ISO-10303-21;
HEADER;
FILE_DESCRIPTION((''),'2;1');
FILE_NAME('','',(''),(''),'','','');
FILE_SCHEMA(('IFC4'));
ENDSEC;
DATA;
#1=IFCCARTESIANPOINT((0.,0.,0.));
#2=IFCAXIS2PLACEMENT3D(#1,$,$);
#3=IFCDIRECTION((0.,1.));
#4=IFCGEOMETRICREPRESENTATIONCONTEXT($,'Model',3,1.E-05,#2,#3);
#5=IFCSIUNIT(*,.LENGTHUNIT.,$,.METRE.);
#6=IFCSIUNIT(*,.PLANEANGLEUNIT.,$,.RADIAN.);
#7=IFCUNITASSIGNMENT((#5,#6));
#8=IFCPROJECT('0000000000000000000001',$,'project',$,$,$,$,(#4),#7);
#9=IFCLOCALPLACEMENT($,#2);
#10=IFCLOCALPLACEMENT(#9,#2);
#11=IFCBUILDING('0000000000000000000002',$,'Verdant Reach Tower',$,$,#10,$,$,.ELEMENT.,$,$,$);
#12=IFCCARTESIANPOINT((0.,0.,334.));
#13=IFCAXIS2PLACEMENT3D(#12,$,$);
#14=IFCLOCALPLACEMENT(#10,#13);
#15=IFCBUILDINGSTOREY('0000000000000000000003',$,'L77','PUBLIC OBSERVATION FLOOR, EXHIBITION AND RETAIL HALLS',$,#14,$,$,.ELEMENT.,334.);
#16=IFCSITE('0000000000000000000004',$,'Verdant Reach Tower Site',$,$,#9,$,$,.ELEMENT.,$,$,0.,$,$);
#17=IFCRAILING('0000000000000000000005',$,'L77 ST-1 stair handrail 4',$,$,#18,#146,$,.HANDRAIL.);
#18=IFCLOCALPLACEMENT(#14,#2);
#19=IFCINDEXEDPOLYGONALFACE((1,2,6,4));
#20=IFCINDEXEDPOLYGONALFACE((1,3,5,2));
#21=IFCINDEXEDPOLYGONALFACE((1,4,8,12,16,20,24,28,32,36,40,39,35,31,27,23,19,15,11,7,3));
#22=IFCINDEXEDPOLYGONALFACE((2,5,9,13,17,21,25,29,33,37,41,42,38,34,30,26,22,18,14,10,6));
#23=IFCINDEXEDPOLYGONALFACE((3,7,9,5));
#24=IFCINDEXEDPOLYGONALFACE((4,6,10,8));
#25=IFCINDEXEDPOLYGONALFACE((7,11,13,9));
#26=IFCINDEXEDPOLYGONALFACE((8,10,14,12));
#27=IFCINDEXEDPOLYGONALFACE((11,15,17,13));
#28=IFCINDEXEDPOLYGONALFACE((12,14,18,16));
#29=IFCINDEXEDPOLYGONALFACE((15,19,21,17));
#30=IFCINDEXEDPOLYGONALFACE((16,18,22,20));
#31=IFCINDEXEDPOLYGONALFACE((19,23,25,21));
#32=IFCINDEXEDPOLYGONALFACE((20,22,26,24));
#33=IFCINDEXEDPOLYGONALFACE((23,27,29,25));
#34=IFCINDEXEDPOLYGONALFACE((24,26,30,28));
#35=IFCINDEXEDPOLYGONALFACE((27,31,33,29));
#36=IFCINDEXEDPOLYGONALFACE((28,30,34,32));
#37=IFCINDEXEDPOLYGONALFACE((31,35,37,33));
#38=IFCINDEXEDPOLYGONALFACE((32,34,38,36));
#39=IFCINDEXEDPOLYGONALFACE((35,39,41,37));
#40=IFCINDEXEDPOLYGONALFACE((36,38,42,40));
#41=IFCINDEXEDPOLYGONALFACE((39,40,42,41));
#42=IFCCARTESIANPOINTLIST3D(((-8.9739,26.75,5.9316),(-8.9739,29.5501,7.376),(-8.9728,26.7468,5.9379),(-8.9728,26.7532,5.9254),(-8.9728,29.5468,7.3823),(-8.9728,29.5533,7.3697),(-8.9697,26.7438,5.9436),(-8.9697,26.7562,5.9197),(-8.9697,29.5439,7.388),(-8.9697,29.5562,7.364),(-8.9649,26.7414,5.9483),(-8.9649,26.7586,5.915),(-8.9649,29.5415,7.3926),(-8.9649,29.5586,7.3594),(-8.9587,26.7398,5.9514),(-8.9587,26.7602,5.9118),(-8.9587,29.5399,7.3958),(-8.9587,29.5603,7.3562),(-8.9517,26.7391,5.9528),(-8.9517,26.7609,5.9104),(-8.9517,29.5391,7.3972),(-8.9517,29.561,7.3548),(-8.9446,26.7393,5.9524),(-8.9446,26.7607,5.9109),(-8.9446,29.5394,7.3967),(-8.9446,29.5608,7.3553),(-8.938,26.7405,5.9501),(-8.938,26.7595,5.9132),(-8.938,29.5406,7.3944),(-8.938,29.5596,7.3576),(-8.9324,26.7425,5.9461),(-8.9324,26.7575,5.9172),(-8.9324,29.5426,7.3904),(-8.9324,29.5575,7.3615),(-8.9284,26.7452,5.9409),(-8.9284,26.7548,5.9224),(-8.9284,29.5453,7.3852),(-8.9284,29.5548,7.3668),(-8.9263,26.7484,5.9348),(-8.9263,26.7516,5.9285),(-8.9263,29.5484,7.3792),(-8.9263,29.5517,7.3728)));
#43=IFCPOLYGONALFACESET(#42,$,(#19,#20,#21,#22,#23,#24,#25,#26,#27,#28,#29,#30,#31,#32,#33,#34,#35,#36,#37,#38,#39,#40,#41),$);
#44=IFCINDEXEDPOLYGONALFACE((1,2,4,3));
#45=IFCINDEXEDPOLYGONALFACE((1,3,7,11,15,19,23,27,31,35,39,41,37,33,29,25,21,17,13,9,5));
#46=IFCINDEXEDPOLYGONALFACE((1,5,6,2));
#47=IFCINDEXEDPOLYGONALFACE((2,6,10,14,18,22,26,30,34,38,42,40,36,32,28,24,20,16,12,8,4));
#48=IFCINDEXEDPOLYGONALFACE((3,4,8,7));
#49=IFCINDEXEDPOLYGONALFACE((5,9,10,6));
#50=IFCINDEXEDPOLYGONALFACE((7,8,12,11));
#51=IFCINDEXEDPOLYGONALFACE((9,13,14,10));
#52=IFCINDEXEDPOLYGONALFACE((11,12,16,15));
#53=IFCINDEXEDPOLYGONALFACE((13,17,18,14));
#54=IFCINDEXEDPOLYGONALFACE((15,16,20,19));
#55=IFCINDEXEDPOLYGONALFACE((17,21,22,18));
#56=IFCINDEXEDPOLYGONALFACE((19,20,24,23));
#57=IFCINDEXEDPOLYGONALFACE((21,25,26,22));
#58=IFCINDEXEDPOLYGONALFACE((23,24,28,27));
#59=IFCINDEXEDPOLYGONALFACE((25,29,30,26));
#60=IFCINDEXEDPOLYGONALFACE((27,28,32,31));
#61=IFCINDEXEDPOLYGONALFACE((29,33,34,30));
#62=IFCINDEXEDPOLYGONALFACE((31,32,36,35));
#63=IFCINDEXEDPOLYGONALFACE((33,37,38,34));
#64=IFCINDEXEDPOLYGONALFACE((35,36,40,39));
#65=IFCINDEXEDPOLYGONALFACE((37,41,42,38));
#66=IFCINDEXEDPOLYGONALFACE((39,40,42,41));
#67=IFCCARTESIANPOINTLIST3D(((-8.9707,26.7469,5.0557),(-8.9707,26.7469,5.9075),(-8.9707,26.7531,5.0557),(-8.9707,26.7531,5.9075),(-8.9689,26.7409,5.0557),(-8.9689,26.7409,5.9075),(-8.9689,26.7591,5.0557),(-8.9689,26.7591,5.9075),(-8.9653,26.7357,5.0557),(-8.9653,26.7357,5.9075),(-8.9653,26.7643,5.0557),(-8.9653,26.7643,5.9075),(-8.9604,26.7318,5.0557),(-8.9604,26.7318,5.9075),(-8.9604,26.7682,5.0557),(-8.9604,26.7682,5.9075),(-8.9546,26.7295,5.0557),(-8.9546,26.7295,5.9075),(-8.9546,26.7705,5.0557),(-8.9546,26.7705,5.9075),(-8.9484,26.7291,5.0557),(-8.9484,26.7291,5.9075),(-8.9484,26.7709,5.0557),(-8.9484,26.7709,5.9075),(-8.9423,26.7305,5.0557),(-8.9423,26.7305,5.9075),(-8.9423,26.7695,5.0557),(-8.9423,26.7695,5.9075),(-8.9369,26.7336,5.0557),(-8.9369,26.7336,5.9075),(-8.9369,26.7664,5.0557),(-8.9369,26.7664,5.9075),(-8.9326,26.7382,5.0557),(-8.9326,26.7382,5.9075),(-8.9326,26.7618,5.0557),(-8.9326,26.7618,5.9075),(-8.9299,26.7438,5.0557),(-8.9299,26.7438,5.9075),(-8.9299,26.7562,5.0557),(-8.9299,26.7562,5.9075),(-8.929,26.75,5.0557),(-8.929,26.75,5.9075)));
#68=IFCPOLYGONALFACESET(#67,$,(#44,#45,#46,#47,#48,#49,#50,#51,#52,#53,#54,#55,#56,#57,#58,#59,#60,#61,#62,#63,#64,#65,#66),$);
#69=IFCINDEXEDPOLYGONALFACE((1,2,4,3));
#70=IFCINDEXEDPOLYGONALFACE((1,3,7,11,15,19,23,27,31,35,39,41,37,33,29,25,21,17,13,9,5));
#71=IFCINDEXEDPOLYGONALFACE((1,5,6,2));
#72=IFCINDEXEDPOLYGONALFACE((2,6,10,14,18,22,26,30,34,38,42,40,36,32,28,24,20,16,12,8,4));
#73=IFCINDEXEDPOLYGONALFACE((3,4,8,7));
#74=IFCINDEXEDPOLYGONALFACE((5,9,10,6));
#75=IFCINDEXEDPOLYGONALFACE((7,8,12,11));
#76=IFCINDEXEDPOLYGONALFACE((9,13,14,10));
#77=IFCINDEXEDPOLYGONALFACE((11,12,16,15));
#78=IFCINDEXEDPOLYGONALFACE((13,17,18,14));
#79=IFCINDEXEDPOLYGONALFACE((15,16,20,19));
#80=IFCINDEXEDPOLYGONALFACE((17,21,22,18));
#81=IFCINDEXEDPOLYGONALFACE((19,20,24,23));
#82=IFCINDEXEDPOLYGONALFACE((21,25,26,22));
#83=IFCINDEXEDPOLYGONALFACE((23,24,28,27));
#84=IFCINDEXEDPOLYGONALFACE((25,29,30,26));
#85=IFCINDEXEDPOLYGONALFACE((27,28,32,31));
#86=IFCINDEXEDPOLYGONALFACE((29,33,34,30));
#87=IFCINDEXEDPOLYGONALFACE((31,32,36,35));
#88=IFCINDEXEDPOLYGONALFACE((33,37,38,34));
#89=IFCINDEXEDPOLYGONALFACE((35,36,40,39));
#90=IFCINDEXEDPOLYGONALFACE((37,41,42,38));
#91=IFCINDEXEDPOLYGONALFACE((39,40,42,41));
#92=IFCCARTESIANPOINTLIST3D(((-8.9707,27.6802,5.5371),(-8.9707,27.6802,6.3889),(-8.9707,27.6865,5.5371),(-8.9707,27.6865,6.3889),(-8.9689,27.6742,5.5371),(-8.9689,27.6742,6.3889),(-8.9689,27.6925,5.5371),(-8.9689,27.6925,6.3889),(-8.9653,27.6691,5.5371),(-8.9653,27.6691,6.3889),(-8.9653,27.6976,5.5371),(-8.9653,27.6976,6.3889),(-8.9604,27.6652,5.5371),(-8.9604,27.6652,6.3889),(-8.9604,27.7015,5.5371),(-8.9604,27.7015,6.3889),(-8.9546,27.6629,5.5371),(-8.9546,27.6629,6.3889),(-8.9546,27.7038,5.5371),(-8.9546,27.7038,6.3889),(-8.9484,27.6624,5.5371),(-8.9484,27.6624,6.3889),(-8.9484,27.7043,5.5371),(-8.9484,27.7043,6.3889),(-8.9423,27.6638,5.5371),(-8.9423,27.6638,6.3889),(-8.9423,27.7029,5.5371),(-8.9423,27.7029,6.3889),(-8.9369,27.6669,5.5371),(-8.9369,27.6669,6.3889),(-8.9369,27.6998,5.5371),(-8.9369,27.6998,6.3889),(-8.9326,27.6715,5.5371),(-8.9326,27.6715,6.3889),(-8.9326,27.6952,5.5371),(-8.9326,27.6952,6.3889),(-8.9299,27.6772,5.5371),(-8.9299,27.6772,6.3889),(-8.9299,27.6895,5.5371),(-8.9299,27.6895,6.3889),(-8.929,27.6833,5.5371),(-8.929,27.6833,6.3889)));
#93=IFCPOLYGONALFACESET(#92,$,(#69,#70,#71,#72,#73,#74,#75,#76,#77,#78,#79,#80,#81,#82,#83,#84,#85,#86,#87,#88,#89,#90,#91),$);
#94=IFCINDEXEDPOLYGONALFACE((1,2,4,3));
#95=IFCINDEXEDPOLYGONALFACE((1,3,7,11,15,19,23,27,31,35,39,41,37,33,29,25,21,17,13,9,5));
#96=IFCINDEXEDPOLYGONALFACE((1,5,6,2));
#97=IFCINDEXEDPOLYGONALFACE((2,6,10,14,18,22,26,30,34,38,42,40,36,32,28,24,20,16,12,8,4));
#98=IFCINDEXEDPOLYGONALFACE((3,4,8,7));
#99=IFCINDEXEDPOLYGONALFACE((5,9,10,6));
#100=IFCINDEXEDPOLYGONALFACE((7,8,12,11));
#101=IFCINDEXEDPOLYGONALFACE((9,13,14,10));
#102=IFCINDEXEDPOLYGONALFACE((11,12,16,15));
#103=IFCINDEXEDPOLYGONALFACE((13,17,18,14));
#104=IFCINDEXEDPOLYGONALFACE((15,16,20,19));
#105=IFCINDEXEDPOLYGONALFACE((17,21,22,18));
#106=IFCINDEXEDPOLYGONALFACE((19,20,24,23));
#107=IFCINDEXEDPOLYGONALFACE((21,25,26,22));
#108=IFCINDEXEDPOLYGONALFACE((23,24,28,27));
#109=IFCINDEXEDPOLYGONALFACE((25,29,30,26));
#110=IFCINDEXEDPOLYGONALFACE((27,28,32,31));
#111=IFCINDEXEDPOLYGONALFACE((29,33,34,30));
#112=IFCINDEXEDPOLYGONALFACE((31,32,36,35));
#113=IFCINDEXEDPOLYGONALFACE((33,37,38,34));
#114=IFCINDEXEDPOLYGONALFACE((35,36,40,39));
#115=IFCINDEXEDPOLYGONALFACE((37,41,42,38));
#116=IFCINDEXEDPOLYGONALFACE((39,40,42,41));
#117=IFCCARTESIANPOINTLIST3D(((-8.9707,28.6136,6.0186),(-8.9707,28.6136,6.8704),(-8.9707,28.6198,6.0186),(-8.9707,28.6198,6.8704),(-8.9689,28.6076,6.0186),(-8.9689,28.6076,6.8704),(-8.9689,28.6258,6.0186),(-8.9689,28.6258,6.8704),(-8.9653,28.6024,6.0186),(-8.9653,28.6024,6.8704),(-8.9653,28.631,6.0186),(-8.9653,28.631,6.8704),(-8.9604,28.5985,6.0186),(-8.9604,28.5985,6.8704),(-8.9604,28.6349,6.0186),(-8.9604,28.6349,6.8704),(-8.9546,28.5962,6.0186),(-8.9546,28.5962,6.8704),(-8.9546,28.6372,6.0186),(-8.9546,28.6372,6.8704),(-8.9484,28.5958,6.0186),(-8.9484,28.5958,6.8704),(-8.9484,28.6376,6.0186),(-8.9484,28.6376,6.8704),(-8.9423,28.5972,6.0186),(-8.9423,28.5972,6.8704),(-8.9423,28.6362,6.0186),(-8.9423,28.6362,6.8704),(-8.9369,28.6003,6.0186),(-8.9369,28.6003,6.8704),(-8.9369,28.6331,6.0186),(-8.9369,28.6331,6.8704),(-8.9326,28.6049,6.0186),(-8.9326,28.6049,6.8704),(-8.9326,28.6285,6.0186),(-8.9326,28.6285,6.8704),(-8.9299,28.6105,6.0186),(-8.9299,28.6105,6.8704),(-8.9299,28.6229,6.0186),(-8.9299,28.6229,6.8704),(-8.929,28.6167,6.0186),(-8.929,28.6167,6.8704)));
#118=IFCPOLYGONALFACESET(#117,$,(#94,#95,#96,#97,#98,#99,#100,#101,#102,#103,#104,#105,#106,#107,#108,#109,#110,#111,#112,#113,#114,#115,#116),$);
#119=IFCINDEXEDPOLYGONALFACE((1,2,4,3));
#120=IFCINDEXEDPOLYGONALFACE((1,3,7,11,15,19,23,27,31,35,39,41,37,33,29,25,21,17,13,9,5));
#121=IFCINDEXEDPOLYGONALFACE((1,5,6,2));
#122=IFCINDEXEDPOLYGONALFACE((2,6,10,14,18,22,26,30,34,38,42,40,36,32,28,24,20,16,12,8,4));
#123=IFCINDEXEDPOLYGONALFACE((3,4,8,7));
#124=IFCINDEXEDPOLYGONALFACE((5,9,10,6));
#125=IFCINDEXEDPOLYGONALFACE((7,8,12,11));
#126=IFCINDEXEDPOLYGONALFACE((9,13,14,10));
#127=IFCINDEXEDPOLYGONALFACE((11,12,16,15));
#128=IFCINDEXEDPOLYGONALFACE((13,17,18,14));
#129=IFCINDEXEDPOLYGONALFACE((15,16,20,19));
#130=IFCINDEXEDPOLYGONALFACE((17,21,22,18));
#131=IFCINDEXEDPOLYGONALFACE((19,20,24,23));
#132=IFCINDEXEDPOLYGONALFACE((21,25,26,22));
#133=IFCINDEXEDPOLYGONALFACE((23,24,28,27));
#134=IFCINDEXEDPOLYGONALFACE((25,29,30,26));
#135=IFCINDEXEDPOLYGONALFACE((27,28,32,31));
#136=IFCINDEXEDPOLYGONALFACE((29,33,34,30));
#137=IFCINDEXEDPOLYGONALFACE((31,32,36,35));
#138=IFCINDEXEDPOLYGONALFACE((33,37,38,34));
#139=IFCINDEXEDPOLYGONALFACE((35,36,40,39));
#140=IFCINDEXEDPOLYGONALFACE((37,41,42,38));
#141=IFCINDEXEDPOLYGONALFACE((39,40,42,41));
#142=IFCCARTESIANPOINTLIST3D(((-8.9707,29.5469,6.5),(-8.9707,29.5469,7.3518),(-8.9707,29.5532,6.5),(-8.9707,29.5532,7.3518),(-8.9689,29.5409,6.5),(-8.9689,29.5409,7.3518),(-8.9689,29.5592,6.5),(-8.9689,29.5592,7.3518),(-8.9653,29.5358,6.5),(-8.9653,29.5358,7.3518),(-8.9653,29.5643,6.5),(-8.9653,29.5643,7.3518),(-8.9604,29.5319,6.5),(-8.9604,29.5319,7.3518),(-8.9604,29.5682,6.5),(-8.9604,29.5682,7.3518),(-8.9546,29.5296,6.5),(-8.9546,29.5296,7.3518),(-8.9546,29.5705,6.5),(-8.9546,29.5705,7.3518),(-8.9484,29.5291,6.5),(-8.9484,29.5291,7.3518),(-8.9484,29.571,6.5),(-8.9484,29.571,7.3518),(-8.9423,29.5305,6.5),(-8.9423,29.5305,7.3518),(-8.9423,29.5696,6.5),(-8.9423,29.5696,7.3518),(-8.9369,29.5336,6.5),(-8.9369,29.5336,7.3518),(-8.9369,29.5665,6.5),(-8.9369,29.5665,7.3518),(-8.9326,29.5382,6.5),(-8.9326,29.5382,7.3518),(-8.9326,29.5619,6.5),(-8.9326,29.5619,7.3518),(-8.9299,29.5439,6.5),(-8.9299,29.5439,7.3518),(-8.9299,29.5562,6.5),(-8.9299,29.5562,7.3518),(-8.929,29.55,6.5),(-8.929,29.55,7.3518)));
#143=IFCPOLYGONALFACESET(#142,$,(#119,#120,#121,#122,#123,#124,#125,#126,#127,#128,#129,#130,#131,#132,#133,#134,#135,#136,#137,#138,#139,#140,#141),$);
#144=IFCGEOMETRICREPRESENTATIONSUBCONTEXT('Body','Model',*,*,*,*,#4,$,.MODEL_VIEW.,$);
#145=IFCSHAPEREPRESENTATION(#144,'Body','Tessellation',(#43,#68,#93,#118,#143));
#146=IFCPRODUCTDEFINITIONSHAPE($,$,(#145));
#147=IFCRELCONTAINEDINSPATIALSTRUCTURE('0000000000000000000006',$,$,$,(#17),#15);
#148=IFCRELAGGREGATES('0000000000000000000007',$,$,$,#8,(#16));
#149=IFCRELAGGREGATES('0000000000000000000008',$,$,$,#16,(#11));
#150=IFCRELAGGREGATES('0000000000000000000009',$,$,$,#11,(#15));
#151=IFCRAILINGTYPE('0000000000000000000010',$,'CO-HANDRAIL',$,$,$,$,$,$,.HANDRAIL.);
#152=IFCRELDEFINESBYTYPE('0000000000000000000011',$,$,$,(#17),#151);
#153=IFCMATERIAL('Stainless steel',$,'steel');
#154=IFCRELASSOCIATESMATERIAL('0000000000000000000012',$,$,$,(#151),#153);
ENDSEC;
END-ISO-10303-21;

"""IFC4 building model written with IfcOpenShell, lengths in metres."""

from ifc_helpers import new_model, si_unit, direction, frame, origin, origin_2d, place, context, subcontext, project, spatial, circle, extrude, material, type_object, element, save


model = new_model("IFC4")

# Units and contexts
model_context = context("Model", 3, precision=1e-05, world=origin(), true_north=direction((0.0, 1.0)))
body_context = subcontext(model_context, "Body", "Model", "MODEL_VIEW")
ifc_project = project(units=[si_unit("LENGTHUNIT", "METRE"), si_unit("PLANEANGLEUNIT", "RADIAN")], contexts=[model_context])

# Site, building, storey
site_placement = place(None, origin())
site = spatial("IfcSite", under=ifc_project, at=site_placement, Name="Verdant Reach Tower Site", CompositionType="ELEMENT", RefElevation=0.0)
building_placement = place(site_placement, origin())
building = spatial("IfcBuilding", under=site, at=building_placement, Name="Verdant Reach Tower", CompositionType="ELEMENT")
storey_placement = place(building_placement, frame((0.0, 0.0, 334.0)))
storey = spatial("IfcBuildingStorey", under=building, at=storey_placement, Name="L77", Description="PUBLIC OBSERVATION FLOOR, EXHIBITION AND RETAIL HALLS", CompositionType="ELEMENT", Elevation=334.0)

# Shared definitions
ifc_material_1 = material(Name="Stainless steel", Category="steel")

# Railing
railing_type = type_object("IfcRailingType", Name="CO-HANDRAIL", PredefinedType="HANDRAIL", material=ifc_material_1)
for number, where, name in (
    (1, (-8.95, 26.75, 5.0557), "L77 ST-1 stair handrail 4"),
):
    element("IfcRailing", number, at=place(storey_placement, frame(where)), inside=storey, type_object=railing_type, Name=name, PredefinedType="HANDRAIL", context=body_context, shape_type="SweptSolid", body=[
        extrude(circle(Radius=0.0239, at=origin_2d()), frame((0.0, 0.0, 0.876), z_axis=(0.0, 0.888731, 0.45843), x_axis=(-1.0, 0.0, 0.0)), (0.0, 0.0, 1.0), 3.1506),
        extrude(circle(Radius=0.021, at=origin_2d()), origin(), (0.0, 0.0, 1.0), 0.8518),
        extrude(circle(Radius=0.021, at=origin_2d()), frame((0.0, 0.9333, 0.4814)), (0.0, 0.0, 1.0), 0.8518),
        extrude(circle(Radius=0.021, at=origin_2d()), frame((0.0, 1.8667, 0.9629)), (0.0, 0.0, 1.0), 0.8518),
        extrude(circle(Radius=0.021, at=origin_2d()), frame((0.0, 2.8, 1.4443)), (0.0, 0.0, 1.0), 0.8518),
    ])

save(model, "model.ifc")
